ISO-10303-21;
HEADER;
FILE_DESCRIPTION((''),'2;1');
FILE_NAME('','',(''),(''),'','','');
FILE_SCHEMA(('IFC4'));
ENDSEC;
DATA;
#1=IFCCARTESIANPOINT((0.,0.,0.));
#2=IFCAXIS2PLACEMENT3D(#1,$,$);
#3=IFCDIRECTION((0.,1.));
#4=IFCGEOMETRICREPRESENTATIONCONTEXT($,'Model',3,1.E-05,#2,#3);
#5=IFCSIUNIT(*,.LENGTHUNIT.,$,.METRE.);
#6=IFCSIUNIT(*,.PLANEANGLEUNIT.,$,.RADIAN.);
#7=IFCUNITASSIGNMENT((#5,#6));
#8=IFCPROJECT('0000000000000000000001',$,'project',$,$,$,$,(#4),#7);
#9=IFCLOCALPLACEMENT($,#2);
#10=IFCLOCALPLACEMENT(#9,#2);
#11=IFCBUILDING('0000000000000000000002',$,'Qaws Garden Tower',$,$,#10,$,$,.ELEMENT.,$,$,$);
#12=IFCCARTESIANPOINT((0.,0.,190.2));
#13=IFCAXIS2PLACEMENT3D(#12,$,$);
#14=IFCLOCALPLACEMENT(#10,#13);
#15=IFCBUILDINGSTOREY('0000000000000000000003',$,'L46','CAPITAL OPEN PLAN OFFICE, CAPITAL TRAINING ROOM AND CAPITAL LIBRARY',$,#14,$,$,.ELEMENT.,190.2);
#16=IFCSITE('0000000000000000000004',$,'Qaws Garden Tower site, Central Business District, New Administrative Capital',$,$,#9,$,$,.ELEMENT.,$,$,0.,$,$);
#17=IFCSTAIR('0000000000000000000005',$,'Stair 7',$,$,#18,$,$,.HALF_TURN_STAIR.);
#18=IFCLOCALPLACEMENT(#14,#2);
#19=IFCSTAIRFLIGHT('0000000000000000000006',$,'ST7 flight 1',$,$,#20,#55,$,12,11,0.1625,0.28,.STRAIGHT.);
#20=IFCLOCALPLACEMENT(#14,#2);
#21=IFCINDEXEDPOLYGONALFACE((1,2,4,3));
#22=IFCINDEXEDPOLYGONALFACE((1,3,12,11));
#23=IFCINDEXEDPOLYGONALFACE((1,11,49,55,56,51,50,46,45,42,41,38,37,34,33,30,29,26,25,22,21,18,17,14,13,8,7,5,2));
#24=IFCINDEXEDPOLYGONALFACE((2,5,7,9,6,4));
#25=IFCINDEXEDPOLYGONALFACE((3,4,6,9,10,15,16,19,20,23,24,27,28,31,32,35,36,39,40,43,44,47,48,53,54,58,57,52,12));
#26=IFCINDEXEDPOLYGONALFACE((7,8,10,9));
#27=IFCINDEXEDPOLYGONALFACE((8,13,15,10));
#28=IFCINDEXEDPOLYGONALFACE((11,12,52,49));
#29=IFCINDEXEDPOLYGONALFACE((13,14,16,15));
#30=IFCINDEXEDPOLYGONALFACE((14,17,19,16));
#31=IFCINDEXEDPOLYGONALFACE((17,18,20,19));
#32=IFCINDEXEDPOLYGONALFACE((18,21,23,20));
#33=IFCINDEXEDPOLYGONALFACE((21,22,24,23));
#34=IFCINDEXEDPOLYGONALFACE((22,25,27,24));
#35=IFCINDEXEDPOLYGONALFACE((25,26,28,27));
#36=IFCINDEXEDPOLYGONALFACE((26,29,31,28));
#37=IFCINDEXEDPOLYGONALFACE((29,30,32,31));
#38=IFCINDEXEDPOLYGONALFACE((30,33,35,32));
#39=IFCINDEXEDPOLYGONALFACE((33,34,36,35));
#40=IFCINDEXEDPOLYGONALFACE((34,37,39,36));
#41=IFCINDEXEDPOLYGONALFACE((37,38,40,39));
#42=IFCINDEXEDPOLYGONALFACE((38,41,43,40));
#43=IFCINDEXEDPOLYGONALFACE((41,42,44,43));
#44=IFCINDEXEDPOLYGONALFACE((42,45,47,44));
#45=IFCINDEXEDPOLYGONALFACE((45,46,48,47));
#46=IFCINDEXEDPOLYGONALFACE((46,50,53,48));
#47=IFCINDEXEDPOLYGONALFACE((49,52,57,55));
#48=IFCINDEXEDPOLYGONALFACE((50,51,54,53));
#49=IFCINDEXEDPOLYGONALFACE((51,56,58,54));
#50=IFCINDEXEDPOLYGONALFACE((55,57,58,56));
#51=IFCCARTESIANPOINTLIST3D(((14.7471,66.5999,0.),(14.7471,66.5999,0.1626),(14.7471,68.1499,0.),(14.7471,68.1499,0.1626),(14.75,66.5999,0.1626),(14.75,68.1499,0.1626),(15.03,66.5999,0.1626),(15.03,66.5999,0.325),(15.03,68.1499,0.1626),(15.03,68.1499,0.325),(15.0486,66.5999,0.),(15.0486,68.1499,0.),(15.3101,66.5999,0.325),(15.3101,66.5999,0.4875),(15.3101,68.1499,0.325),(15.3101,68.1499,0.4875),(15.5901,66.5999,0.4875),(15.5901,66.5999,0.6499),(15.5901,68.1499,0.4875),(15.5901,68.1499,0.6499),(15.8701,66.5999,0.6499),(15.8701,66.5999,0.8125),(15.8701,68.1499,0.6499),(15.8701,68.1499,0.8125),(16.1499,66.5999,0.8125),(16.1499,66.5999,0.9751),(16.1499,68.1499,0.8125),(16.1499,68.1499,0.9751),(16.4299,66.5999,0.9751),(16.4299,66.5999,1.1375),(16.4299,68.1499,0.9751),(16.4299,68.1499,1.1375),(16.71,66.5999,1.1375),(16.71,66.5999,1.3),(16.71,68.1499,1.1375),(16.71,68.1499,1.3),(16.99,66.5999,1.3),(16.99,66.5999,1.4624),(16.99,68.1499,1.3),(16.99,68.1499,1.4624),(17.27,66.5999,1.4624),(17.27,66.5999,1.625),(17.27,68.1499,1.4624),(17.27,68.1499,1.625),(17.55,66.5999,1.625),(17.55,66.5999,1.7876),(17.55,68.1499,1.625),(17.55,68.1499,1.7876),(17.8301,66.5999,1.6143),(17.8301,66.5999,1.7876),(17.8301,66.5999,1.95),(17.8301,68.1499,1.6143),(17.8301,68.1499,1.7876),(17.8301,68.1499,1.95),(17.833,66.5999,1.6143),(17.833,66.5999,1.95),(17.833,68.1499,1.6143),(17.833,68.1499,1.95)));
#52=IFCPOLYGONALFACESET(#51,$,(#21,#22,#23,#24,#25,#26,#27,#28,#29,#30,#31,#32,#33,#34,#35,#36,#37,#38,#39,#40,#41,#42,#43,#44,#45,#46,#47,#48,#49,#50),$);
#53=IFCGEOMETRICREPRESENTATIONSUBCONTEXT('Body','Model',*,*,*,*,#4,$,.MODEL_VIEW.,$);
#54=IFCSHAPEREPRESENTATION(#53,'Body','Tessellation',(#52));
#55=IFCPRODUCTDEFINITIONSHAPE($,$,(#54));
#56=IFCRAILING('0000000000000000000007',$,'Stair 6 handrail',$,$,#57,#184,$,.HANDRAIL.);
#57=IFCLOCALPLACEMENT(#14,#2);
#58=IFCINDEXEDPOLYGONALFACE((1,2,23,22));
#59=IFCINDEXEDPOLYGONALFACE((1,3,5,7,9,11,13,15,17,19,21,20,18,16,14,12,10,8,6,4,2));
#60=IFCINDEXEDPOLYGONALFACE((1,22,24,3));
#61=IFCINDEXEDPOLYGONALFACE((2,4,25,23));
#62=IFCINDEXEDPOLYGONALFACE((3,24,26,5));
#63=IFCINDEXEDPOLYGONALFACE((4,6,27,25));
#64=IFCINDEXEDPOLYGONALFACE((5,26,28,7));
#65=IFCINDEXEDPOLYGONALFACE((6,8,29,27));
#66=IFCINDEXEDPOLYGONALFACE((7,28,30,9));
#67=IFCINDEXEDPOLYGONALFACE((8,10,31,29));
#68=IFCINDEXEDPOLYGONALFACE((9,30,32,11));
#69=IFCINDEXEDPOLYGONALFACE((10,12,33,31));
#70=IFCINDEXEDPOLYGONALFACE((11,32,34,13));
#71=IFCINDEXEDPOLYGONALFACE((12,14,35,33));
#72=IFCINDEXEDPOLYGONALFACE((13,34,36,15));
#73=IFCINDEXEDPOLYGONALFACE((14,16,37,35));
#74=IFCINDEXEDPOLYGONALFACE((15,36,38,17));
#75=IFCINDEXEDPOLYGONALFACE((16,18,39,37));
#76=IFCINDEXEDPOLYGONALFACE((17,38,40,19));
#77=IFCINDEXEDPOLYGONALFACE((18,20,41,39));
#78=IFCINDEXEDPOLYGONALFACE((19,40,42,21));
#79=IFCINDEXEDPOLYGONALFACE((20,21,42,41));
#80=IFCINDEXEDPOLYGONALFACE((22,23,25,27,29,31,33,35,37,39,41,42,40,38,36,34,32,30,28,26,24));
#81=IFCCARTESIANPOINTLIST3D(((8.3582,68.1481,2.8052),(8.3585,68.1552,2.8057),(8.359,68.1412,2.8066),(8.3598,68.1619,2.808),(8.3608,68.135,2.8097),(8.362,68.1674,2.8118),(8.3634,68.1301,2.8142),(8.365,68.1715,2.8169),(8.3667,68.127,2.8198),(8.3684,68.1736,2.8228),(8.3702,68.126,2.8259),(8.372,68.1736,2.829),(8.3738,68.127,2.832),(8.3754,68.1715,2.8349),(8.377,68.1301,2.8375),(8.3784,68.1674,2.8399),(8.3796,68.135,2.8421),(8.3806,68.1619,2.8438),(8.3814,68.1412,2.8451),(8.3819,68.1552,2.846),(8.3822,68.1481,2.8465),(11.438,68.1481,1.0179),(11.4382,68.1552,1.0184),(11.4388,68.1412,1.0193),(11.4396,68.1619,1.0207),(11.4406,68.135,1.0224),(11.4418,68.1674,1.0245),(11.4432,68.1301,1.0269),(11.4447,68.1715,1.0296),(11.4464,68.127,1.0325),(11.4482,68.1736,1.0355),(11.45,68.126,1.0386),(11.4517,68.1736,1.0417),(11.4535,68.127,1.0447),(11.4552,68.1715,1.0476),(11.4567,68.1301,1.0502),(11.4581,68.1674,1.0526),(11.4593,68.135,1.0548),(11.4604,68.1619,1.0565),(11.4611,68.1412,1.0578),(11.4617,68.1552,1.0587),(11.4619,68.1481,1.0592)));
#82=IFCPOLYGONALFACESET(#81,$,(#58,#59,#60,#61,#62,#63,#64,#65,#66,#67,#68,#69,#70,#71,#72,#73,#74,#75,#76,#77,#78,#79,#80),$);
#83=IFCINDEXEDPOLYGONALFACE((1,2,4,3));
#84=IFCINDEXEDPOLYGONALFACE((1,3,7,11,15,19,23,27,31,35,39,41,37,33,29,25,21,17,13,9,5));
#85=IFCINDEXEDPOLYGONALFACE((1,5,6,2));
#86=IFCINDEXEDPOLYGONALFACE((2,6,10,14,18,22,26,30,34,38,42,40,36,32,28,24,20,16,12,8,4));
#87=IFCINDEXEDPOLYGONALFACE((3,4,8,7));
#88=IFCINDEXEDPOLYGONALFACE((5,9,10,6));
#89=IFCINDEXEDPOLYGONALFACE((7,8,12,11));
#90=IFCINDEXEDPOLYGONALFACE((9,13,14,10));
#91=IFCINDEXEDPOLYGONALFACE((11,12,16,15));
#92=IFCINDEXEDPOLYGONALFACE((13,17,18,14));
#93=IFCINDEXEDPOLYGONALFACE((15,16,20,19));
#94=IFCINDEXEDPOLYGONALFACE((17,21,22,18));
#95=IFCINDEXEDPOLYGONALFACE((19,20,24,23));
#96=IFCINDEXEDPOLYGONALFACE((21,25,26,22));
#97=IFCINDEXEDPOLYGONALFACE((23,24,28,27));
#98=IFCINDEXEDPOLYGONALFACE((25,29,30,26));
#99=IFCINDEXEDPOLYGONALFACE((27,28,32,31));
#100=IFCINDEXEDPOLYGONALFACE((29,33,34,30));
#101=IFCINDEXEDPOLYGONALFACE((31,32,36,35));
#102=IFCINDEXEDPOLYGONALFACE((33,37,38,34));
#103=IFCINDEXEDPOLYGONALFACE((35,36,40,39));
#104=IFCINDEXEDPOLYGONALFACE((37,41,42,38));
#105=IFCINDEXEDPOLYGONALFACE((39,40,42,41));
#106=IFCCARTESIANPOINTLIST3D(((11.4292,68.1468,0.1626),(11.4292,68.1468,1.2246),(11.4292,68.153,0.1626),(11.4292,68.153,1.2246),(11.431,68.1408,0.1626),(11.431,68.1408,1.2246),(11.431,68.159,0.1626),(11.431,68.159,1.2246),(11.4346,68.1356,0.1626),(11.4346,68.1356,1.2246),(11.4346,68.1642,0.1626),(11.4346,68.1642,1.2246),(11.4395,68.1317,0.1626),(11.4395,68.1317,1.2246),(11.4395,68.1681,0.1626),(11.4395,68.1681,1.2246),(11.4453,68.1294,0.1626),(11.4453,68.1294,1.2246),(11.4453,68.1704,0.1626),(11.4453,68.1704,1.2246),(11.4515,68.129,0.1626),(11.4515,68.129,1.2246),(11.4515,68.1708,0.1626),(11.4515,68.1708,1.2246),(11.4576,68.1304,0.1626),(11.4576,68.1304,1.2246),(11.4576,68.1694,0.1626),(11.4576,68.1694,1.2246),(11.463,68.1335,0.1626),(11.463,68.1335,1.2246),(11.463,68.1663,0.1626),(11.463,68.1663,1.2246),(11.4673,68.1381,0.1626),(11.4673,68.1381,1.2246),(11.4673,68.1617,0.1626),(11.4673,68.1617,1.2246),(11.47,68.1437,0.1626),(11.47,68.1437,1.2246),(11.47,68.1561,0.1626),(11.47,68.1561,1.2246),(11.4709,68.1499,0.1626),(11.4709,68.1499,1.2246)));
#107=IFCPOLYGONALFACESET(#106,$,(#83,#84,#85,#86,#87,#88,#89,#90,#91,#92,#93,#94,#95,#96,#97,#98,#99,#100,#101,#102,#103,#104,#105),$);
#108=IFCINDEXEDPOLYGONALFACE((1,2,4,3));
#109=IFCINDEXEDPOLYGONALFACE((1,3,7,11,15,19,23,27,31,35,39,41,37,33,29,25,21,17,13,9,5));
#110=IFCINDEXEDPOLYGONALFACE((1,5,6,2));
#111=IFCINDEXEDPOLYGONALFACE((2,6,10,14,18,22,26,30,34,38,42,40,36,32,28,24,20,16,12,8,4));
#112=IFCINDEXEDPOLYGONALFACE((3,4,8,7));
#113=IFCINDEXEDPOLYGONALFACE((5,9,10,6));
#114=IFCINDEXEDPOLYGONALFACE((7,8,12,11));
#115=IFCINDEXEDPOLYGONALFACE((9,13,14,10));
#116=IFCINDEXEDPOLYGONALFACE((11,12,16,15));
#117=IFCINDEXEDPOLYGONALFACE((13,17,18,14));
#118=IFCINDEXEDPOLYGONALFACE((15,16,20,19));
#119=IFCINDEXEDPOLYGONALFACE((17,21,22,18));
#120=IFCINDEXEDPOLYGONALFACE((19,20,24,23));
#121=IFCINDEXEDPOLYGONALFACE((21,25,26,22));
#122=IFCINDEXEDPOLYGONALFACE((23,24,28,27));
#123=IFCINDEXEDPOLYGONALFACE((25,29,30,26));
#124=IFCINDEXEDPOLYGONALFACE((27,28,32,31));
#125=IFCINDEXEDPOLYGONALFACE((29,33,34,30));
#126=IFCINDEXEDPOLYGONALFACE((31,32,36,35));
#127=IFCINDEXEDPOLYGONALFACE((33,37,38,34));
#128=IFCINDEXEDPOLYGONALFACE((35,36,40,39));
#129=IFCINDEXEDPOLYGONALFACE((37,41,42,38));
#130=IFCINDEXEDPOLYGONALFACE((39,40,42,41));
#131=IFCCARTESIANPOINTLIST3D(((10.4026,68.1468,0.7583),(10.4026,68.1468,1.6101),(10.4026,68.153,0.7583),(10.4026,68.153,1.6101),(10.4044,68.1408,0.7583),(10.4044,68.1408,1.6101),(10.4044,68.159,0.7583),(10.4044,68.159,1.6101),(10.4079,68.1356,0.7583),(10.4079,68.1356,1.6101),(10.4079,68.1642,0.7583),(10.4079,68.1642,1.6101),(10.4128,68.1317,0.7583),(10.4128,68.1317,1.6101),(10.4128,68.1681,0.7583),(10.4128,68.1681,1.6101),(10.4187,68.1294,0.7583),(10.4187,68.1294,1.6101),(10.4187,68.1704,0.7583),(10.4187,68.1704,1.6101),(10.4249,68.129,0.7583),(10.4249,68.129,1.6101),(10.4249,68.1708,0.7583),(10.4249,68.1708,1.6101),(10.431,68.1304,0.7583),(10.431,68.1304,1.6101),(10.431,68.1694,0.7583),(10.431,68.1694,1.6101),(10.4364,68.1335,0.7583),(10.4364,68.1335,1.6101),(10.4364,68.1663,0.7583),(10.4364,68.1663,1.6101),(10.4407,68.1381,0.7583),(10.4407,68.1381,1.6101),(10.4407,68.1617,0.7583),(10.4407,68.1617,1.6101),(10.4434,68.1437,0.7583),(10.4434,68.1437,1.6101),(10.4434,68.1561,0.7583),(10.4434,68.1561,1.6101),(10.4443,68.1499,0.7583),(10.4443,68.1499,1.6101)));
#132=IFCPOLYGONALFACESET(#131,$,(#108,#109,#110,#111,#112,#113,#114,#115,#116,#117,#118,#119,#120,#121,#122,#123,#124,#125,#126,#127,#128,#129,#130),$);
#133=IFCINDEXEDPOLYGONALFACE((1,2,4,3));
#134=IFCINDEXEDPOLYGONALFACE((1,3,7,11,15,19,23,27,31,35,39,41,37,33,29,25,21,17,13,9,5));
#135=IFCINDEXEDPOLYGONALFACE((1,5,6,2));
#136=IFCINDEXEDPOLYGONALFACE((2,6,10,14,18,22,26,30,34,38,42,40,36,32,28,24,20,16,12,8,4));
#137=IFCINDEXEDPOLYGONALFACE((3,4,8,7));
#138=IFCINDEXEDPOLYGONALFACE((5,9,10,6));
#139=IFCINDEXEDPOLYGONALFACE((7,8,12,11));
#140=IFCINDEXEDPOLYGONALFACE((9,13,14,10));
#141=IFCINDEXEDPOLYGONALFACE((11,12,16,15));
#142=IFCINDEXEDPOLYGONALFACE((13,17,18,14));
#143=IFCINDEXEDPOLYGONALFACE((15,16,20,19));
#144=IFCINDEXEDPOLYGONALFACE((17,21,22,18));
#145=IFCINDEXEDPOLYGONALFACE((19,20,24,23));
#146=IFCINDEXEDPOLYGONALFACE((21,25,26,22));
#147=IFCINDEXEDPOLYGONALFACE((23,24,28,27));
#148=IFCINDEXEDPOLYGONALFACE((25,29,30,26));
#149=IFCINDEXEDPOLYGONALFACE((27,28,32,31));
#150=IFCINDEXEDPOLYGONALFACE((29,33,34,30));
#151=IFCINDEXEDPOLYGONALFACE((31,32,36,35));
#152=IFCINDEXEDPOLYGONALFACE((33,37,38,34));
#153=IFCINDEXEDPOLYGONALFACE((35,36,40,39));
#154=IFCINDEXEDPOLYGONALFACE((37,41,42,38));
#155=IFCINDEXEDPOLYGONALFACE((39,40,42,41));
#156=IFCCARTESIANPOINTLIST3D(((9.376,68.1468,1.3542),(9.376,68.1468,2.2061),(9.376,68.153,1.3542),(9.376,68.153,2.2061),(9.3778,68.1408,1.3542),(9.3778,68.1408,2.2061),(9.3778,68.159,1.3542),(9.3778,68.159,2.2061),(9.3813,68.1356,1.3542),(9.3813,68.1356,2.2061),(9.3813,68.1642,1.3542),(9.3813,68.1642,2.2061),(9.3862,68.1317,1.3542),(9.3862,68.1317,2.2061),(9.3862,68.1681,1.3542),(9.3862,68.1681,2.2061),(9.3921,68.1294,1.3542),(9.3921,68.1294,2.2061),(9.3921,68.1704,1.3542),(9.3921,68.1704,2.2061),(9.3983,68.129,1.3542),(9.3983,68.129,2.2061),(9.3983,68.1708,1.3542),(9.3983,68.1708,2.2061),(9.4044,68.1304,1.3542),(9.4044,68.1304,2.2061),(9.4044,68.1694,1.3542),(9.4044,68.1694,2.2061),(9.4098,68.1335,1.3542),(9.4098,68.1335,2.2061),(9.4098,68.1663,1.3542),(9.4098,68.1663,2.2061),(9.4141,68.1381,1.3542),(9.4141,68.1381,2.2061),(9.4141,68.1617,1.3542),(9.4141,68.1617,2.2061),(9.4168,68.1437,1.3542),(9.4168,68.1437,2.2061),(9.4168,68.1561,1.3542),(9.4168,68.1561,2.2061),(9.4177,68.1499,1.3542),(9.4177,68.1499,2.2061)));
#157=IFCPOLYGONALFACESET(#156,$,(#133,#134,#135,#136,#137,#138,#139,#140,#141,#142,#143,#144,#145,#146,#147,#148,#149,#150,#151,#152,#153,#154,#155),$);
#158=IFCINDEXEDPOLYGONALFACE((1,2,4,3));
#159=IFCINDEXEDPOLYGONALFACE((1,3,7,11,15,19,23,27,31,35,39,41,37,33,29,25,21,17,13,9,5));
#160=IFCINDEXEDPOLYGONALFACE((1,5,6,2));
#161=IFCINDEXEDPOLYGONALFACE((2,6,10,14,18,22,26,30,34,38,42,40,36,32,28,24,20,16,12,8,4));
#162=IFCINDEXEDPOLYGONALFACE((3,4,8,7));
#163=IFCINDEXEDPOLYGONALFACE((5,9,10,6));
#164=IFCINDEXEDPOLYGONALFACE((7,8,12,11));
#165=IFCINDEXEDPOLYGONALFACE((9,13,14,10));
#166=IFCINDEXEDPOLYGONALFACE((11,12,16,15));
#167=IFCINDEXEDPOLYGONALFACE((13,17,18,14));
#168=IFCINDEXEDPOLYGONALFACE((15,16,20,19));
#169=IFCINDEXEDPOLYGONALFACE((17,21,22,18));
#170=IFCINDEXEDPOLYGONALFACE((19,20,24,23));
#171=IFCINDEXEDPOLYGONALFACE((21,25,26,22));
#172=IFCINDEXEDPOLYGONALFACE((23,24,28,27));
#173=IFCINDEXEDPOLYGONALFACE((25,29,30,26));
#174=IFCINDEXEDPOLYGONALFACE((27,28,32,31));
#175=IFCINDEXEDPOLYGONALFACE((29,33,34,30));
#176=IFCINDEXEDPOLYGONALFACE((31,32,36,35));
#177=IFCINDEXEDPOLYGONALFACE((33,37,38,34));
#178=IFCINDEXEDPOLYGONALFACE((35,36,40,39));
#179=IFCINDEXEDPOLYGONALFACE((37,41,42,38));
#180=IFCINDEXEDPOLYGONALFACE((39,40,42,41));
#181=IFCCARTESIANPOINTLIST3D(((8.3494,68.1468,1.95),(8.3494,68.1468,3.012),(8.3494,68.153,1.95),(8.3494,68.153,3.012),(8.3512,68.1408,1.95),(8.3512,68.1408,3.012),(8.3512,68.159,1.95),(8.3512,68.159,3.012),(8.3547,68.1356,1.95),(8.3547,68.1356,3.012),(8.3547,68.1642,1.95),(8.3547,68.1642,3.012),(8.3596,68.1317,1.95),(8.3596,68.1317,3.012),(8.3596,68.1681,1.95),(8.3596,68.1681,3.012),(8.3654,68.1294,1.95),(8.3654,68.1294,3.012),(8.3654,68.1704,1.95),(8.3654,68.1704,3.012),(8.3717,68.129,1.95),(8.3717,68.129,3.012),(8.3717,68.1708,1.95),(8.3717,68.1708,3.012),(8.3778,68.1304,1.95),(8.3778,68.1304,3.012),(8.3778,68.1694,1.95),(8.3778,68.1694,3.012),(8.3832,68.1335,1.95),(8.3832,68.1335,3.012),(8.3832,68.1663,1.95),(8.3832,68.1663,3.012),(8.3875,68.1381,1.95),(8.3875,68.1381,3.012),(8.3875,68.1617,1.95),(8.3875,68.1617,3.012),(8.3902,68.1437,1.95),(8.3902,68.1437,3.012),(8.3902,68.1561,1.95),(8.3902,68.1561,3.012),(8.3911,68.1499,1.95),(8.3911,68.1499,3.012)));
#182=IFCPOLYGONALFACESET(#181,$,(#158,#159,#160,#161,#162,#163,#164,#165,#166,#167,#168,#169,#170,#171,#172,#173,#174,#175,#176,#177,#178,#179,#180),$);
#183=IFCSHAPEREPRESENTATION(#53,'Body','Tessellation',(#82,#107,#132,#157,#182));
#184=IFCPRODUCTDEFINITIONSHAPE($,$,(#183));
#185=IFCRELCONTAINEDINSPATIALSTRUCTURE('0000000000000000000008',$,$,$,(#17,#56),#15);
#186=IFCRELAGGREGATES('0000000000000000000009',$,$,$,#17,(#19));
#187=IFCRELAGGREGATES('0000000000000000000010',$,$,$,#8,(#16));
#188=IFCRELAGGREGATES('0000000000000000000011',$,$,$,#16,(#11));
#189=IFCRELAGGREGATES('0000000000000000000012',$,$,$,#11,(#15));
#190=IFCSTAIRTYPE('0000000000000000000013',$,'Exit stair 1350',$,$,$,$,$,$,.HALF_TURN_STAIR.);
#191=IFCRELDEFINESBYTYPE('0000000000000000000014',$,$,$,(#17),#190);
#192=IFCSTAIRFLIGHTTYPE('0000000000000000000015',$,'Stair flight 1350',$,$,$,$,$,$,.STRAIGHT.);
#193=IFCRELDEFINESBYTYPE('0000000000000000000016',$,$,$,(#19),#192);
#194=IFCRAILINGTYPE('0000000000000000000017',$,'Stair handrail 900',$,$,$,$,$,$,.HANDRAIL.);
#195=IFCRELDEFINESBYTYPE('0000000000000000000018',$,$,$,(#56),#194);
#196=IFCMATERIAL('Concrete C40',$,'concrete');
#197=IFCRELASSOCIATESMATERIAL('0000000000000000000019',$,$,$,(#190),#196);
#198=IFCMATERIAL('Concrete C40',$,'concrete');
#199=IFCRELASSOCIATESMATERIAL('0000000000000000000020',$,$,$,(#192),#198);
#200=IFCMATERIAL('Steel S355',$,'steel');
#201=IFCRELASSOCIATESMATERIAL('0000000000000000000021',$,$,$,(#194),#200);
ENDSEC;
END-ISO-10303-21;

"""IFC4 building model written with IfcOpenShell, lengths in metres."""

from ifc_helpers import new_model, si_unit, direction, frame, origin, origin_2d, place, context, subcontext, project, spatial, polyline, circle, outline, extrude, material, type_object, element, aggregate, save


model = new_model("IFC4")

# Units and contexts
model_context = context("Model", 3, precision=1e-05, world=origin(), true_north=direction((0.0, 1.0)))
body_context = subcontext(model_context, "Body", "Model", "MODEL_VIEW")
ifc_project = project(units=[si_unit("LENGTHUNIT", "METRE"), si_unit("PLANEANGLEUNIT", "RADIAN")], contexts=[model_context])

# Site, building, storey
site_placement = place(None, origin())
site = spatial("IfcSite", under=ifc_project, at=site_placement, Name="Qaws Garden Tower site, Central Business District, New Administrative Capital", CompositionType="ELEMENT", RefElevation=0.0)
building_placement = place(site_placement, origin())
building = spatial("IfcBuilding", under=site, at=building_placement, Name="Qaws Garden Tower", CompositionType="ELEMENT")
storey_placement = place(building_placement, frame((0.0, 0.0, 190.2)))
storey = spatial("IfcBuildingStorey", under=building, at=storey_placement, Name="L46", Description="CAPITAL OPEN PLAN OFFICE, CAPITAL TRAINING ROOM AND CAPITAL LIBRARY", CompositionType="ELEMENT", Elevation=190.2)

# Shared definitions
ifc_material_1 = material(Name="Concrete C40", Category="concrete")
stair_type = type_object("IfcStairType", Name="Exit stair 1350", PredefinedType="HALF_TURN_STAIR", material=ifc_material_1)
placement = place(storey_placement, origin())
ifc_material_2 = material(Name="Concrete C40", Category="concrete")
stair_flight_type = type_object("IfcStairFlightType", Name="Stair flight 1350", PredefinedType="STRAIGHT", material=ifc_material_2)

# Stair, stair flight
stair_1 = element("IfcStair", 1, at=placement, inside=storey, type_object=stair_type, Name="Stair 7", PredefinedType="HALF_TURN_STAIR")
stair_flight_1_placement = place(storey_placement, frame((14.75, 67.375, 0.0), z_axis=(0.0, 0.0, 1.0), x_axis=(1.0, 0.0, 0.0)))
stair_flight_1 = element("IfcStairFlight", 2, at=stair_flight_1_placement, type_object=stair_flight_type, Name="ST7 flight 1", NumberOfRisers=12, NumberOfTreads=11, PredefinedType="STRAIGHT", RiserHeight=0.1625, TreadLength=0.28, context=body_context, shape_type="SweptSolid", body=[
    extrude(outline(polyline([(-0.0029, 0.0), (-0.0029, 0.1626), (0.0, 0.1626), (0.28, 0.1626), (0.28, 0.325), (0.5601, 0.325), (0.5601, 0.4875), (0.8401, 0.4875), (0.8401, 0.6499), (1.1201, 0.6499), (1.1201, 0.8125), (1.3999, 0.8125), (1.3999, 0.9751), (1.6799, 0.9751), (1.6799, 1.1375), (1.96, 1.1375), (1.96, 1.3), (2.24, 1.3), (2.24, 1.4624), (2.52, 1.4624), (2.52, 1.625), (2.8, 1.625), (2.8, 1.7876), (3.0801, 1.7876), (3.0801, 1.95), (3.083, 1.95), (3.083, 1.6143), (3.0801, 1.6143), (0.2986, 0.0), (-0.0029, 0.0)])), frame((0.0, 0.7749, 0.0), z_axis=(0.0, -1.0, 0.0), x_axis=(1.0, 0.0, 0.0)), (0.0, 0.0, 1.0), 1.55),
])
aggregate(stair_1, [stair_flight_1])

# Railing
ifc_material_3 = material(Name="Steel S355", Category="steel")
railing_type = type_object("IfcRailingType", Name="Stair handrail 900", PredefinedType="HANDRAIL", material=ifc_material_3)
railing_1_placement = place(storey_placement, frame((11.45, 68.1499, 0.1626)))
element("IfcRailing", 3, at=railing_1_placement, inside=storey, type_object=railing_type, Name="Stair 6 handrail", PredefinedType="HANDRAIL", context=body_context, shape_type="SweptSolid", body=[
    extrude(circle(Radius=0.0239, at=origin_2d()), frame((0.0, 0.0, 0.876), z_axis=(-0.864903, 0.0, 0.501939), x_axis=(0.0, -1.0, 0.0)), (0.0, 0.0, 1.0), 3.5608),
    extrude(circle(Radius=0.021, at=origin_2d()), origin(), (0.0, 0.0, 1.0), 1.062),
    extrude(circle(Radius=0.021, at=origin_2d()), frame((-1.0266, 0.0, 0.5957)), (0.0, 0.0, 1.0), 0.8518),
    extrude(circle(Radius=0.021, at=origin_2d()), frame((-2.0532, 0.0, 1.1917)), (0.0, 0.0, 1.0), 0.8518),
    extrude(circle(Radius=0.021, at=origin_2d()), frame((-3.0798, 0.0, 1.7874)), (0.0, 0.0, 1.0), 1.062),
])

save(model, "model.ifc")
